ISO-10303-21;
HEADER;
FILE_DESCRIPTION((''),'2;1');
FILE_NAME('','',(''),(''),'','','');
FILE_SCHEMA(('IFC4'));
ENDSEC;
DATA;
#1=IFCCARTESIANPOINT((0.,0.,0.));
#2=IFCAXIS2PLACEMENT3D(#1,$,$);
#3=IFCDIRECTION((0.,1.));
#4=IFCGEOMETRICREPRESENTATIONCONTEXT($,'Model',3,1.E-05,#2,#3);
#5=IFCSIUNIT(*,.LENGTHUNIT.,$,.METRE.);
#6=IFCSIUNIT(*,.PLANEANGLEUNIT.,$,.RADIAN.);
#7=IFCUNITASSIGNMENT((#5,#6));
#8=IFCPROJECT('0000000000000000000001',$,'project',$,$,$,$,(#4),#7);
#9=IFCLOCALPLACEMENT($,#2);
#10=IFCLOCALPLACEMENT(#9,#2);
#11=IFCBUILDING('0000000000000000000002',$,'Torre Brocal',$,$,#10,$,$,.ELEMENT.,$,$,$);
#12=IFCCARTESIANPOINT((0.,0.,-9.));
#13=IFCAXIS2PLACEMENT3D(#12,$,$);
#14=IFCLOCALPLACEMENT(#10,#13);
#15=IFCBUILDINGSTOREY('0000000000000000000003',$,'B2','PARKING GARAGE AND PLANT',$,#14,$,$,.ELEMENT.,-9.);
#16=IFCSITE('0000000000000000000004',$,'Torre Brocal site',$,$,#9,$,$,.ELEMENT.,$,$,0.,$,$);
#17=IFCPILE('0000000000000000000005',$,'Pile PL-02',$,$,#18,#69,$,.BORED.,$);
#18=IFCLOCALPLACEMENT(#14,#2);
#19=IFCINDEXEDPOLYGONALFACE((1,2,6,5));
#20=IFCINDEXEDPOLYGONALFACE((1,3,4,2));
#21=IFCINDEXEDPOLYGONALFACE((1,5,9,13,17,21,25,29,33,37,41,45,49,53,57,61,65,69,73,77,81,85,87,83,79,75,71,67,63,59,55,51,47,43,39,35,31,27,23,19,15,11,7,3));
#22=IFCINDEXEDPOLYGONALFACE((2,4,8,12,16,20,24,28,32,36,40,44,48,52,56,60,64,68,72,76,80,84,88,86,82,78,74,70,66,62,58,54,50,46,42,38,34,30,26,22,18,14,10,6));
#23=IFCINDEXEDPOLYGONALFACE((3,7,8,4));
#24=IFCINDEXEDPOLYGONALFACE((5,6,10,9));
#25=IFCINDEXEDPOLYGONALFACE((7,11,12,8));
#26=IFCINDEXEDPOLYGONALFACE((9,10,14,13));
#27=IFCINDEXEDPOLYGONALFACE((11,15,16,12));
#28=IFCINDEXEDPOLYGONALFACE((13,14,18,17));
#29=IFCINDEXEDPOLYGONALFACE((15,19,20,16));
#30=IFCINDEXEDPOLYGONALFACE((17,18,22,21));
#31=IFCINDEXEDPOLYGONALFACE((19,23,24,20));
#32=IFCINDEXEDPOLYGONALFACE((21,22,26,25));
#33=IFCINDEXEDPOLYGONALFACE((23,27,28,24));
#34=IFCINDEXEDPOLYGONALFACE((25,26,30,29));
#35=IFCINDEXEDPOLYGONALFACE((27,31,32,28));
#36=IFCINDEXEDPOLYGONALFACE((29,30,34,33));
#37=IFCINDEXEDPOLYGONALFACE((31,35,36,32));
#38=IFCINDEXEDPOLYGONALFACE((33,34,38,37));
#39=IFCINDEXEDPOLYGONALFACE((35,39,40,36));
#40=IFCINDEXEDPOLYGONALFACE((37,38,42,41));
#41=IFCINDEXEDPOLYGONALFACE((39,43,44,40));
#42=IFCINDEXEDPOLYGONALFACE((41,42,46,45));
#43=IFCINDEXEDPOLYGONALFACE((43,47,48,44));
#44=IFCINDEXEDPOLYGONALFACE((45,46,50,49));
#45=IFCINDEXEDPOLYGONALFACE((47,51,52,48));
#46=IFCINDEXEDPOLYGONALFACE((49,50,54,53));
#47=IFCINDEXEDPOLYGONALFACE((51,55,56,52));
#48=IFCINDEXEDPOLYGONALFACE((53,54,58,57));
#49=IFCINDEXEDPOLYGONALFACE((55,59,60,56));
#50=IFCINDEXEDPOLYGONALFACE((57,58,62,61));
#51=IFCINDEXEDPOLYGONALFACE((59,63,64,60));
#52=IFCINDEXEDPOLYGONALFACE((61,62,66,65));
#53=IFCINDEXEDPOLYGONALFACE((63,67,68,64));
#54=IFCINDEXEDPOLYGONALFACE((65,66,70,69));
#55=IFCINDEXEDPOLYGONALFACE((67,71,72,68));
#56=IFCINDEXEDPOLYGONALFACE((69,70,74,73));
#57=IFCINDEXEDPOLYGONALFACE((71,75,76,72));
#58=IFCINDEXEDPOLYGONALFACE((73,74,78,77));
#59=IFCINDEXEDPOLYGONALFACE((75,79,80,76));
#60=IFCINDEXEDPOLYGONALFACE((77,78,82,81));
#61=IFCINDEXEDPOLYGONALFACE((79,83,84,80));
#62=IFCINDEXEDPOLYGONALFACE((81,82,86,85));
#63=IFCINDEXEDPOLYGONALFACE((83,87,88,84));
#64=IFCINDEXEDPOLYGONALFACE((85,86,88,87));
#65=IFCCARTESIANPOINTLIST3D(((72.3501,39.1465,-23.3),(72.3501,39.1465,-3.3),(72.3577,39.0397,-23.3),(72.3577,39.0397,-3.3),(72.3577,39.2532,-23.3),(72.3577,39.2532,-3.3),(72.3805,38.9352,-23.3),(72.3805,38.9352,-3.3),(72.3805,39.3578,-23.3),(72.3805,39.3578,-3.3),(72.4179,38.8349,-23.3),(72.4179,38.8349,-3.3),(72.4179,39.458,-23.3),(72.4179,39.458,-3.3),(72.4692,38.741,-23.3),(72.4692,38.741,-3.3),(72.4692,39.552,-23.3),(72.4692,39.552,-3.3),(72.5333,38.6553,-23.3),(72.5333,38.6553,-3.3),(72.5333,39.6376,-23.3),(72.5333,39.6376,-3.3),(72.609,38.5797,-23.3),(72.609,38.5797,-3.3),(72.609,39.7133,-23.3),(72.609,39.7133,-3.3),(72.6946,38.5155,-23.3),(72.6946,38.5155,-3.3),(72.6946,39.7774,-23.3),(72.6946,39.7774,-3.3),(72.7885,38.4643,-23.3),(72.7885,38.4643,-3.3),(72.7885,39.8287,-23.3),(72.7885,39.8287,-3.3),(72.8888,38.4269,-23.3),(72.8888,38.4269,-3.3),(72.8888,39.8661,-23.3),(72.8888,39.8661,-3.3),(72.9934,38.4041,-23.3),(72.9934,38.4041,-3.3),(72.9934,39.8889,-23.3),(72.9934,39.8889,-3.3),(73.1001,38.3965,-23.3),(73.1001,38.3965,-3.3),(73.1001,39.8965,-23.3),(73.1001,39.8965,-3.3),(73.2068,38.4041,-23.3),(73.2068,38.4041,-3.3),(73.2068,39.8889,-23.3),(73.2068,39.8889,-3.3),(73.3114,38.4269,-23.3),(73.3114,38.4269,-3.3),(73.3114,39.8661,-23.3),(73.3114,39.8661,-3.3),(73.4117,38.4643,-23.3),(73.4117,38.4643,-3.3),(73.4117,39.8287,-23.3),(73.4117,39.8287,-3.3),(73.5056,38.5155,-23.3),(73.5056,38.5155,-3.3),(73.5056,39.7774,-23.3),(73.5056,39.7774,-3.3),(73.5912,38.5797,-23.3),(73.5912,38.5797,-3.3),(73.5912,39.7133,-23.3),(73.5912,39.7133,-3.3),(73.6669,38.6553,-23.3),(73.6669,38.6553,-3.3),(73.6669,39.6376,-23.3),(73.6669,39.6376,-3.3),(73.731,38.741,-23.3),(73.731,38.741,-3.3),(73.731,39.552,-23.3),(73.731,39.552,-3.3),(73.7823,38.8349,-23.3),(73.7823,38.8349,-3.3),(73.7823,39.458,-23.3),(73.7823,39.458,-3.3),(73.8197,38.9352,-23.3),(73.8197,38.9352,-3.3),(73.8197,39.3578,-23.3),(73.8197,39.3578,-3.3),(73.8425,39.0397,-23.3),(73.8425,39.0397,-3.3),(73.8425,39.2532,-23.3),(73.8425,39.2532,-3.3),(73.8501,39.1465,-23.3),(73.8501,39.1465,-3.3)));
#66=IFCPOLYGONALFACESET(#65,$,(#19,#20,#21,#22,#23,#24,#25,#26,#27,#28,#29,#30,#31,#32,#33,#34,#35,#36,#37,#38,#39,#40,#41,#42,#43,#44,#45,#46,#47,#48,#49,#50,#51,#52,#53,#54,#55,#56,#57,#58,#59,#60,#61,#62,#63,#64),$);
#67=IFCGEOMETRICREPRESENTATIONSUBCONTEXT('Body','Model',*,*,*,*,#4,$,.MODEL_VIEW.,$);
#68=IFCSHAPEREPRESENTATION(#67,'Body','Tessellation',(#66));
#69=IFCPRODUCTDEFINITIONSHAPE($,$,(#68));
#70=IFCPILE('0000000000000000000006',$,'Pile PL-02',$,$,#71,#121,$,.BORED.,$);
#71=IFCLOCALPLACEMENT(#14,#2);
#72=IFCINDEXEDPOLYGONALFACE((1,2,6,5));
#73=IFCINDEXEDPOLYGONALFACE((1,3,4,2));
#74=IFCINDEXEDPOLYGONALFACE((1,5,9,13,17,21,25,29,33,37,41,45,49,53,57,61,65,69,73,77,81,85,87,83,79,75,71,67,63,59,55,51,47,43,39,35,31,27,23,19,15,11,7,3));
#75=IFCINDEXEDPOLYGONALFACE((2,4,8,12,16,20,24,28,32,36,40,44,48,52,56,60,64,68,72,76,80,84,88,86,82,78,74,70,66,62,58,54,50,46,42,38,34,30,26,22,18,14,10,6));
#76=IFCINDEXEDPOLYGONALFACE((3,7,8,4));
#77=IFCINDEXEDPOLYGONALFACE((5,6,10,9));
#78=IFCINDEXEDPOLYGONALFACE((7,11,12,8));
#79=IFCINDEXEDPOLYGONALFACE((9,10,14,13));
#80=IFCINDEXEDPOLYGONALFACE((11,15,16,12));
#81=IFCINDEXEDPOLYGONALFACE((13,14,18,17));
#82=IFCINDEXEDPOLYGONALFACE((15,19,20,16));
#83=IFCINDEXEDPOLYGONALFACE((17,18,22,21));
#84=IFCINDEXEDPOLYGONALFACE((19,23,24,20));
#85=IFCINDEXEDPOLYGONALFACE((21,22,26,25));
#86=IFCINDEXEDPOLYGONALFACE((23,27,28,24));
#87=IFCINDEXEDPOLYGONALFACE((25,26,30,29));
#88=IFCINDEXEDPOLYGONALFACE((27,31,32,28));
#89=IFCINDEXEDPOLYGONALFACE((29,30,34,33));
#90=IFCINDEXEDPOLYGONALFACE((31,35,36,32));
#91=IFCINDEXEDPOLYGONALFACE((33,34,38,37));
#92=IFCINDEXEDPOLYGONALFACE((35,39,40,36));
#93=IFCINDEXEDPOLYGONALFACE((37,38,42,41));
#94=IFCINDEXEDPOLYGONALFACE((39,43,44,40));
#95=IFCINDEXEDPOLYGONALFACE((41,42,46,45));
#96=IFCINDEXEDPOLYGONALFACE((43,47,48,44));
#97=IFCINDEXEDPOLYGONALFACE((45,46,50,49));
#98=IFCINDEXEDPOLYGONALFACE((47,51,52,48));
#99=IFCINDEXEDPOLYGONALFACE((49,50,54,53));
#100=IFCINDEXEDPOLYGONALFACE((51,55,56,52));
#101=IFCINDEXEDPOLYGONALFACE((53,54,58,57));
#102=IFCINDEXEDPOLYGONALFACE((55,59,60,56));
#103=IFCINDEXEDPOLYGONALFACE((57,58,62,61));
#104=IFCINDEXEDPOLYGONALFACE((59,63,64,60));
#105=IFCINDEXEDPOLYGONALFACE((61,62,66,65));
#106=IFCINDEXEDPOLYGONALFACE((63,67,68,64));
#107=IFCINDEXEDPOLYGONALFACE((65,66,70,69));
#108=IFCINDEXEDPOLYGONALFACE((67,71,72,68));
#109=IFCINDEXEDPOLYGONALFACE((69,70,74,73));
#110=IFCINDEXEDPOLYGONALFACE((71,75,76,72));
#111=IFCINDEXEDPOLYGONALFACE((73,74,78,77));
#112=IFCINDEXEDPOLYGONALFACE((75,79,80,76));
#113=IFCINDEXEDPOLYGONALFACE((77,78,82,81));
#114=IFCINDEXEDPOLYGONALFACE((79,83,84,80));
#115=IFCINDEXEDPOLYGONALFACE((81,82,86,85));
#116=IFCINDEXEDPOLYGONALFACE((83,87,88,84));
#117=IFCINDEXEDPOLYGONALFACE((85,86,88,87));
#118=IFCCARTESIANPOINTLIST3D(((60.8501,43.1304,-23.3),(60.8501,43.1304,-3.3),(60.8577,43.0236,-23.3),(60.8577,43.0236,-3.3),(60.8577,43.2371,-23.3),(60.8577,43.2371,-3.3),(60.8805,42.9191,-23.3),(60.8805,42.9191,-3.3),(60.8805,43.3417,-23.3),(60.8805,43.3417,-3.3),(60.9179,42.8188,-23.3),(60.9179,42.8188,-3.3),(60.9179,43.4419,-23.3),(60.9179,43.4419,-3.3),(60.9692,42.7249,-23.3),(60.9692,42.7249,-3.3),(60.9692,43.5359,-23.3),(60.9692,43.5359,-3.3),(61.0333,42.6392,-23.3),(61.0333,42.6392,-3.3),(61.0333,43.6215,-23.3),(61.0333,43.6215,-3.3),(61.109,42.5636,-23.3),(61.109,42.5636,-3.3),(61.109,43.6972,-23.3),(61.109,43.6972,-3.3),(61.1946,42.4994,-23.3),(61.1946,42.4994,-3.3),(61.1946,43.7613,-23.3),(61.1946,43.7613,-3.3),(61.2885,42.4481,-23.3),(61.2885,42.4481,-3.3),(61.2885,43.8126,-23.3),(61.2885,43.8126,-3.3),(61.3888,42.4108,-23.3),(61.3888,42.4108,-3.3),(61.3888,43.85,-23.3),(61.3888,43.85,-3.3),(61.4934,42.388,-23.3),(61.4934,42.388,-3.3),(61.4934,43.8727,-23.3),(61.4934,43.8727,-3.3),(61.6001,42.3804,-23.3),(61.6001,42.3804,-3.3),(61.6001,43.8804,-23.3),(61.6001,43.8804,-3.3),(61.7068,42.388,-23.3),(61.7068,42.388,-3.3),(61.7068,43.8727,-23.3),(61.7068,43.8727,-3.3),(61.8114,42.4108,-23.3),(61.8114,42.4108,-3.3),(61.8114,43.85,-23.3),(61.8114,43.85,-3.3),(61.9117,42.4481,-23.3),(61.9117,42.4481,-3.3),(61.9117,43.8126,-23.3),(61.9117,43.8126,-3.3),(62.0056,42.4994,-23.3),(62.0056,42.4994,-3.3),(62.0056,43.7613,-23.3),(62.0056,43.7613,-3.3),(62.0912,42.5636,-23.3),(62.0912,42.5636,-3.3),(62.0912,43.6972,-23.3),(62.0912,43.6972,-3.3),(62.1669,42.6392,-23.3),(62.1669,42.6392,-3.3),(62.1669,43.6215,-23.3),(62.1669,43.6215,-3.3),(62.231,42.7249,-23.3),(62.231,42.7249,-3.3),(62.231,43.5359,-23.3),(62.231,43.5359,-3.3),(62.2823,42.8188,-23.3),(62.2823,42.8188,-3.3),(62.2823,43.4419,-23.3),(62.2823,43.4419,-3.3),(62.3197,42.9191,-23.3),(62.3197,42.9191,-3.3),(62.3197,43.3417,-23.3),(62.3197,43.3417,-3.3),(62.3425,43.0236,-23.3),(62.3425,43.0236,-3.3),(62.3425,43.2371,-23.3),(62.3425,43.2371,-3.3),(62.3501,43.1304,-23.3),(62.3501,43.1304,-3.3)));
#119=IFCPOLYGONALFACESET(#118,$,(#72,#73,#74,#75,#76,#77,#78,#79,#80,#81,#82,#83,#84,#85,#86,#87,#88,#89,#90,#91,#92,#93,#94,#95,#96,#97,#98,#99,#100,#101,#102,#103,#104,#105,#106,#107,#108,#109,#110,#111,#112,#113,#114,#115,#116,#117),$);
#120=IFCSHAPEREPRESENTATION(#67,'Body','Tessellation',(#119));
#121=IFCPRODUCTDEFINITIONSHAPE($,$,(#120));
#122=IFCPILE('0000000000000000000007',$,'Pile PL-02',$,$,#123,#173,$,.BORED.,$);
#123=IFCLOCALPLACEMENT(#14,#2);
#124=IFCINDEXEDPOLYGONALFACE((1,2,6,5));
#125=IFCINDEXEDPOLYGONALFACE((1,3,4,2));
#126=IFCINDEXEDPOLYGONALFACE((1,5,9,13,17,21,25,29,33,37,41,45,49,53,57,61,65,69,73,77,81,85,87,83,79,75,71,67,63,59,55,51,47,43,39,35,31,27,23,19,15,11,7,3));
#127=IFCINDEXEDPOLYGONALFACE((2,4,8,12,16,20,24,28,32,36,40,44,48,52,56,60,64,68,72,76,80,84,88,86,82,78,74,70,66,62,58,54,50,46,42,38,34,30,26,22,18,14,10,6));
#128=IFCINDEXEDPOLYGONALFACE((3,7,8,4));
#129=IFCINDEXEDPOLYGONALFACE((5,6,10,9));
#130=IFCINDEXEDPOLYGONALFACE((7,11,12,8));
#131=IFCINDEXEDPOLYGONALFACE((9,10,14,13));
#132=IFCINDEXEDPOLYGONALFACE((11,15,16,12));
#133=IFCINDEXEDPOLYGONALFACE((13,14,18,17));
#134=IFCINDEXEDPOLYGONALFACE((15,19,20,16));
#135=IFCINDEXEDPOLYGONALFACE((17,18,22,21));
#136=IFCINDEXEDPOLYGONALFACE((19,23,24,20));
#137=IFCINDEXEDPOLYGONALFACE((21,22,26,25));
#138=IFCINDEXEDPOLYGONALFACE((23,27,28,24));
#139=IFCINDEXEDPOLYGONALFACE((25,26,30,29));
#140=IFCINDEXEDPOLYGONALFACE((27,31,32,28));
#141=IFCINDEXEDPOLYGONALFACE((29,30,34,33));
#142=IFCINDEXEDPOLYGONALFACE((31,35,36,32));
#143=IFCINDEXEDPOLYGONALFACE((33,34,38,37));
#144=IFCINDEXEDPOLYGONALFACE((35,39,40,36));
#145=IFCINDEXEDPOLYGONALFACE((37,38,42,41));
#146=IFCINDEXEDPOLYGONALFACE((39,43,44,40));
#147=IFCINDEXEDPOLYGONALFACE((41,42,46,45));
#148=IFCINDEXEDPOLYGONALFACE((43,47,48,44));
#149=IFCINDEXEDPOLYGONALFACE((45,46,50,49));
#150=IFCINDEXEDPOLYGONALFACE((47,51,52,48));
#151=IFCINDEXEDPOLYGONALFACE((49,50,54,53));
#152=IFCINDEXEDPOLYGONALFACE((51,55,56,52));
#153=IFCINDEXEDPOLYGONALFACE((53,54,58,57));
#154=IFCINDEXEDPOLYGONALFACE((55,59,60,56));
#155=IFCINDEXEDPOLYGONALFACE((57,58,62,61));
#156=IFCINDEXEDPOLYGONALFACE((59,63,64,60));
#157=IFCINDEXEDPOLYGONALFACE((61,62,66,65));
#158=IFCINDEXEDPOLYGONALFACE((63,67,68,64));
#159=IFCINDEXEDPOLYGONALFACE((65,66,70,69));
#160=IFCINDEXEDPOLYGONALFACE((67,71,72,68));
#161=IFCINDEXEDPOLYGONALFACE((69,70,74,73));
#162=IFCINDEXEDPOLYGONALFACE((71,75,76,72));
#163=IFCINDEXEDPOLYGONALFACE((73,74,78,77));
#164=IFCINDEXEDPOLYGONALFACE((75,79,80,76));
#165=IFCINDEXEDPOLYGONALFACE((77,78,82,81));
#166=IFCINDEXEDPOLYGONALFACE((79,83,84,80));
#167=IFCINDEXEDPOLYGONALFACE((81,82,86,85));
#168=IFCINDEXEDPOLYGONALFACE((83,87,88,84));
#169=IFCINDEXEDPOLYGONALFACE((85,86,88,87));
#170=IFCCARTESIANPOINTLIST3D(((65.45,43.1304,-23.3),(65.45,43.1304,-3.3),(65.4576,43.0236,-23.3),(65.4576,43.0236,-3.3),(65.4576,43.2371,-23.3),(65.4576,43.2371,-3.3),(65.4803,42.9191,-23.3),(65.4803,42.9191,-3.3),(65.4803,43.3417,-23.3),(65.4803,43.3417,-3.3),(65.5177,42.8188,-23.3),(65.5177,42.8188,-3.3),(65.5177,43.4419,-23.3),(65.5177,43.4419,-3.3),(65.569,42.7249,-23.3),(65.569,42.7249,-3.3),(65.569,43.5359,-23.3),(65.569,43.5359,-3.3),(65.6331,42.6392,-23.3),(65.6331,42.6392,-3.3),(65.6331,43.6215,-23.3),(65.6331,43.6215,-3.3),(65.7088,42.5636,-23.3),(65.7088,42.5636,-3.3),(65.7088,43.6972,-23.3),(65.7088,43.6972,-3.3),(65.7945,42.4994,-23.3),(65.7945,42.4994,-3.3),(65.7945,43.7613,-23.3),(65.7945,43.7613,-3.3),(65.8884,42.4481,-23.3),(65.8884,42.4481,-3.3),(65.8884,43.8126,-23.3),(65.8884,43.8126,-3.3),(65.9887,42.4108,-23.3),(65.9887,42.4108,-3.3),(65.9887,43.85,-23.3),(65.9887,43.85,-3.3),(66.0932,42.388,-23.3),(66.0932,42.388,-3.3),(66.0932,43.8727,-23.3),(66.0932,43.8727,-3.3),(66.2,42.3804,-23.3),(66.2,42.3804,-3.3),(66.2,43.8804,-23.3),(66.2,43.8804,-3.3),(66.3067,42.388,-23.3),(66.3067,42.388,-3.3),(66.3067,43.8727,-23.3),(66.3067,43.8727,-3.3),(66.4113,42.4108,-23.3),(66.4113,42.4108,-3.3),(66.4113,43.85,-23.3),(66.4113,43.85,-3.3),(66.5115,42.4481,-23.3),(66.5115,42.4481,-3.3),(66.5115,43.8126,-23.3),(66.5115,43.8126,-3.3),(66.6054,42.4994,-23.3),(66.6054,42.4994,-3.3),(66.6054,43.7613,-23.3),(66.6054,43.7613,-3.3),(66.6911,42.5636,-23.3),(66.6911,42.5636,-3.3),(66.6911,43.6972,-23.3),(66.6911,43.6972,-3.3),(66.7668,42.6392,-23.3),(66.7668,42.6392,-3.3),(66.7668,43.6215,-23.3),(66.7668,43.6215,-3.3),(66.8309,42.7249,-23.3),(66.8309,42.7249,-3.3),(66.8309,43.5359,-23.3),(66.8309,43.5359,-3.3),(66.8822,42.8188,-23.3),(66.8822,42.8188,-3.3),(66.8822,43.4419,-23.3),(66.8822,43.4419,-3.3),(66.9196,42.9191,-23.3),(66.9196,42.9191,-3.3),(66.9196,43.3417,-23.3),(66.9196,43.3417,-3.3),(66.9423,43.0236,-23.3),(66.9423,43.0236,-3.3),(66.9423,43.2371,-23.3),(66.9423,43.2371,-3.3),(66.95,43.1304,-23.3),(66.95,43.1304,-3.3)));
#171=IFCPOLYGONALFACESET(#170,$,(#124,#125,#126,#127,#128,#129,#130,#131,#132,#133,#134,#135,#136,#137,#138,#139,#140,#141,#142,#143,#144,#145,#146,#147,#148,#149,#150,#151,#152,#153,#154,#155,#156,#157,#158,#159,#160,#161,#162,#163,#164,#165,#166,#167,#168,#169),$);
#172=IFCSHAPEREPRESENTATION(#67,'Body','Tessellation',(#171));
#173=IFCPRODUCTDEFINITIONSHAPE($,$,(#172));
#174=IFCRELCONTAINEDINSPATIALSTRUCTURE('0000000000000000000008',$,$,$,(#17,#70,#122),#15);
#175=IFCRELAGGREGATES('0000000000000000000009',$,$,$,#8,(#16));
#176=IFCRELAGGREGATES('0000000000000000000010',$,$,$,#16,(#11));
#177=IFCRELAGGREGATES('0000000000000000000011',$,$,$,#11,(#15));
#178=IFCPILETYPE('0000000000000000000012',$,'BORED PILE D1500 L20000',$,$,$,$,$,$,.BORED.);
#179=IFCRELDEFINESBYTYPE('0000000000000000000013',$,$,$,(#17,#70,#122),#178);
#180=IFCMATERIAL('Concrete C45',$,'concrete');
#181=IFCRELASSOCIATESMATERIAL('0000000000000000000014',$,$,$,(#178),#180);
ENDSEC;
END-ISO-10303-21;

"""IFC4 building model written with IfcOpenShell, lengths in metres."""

from ifc_helpers import new_model, si_unit, direction, frame, origin, origin_2d, place, context, subcontext, project, spatial, circle, extrude, material, material_profile, profile_set, type_object, element, save


model = new_model("IFC4")

# Units and contexts
model_context = context("Model", 3, precision=1e-05, world=origin(), true_north=direction((0.0, 1.0)))
body_context = subcontext(model_context, "Body", "Model", "MODEL_VIEW")
ifc_project = project(units=[si_unit("LENGTHUNIT", "METRE"), si_unit("PLANEANGLEUNIT", "RADIAN")], contexts=[model_context])

# Site, building, storey
site_placement = place(None, origin())
site = spatial("IfcSite", under=ifc_project, at=site_placement, Name="Torre Brocal site", CompositionType="ELEMENT", RefElevation=0.0)
building_placement = place(site_placement, origin())
building = spatial("IfcBuilding", under=site, at=building_placement, Name="Torre Brocal", CompositionType="ELEMENT")
storey_placement = place(building_placement, frame((0.0, 0.0, -9.0)))
storey = spatial("IfcBuildingStorey", under=building, at=storey_placement, Name="B2", Description="PARKING GARAGE AND PLANT", CompositionType="ELEMENT", Elevation=-9.0)

# Piles
ifc_material_1 = material(Name="Concrete C45", Category="concrete")
ifc_material_profile_1 = material_profile(ifc_material_1, circle(Radius=0.75, at=origin_2d()), Name="BORED PILE D1500")
ifc_profile_set_1 = profile_set([ifc_material_profile_1], Name="Concrete C45")
pile_type_1 = type_object("IfcPileType", Name="BORED PILE D1500 L20000", PredefinedType="BORED", material=ifc_profile_set_1)
for number, where, z_axis, x_axis, name in (
    (1, (73.1001, 39.1465, -3.3), (0.0, 0.0, -1.0), (1.0, 0.0, 0.0), "Pile PL-02"),
    (2, (61.6001, 43.1304, -3.3), (0.0, 0.0, -1.0), (1.0, 0.0, 0.0), "Pile PL-02"),
    (3, (66.2, 43.1304, -3.3), (0.0, 0.0, -1.0), (1.0, 0.0, 0.0), "Pile PL-02"),
):
    element("IfcPile", number, at=place(storey_placement, frame(where, z_axis=z_axis, x_axis=x_axis)), inside=storey, type_object=pile_type_1, Name=name, PredefinedType="BORED", context=body_context, shape_type="SweptSolid", body=[
        extrude(circle(Radius=0.75, at=origin_2d()), origin(), (0.0, 0.0, 1.0), 20.0),
    ])

save(model, "model.ifc")
